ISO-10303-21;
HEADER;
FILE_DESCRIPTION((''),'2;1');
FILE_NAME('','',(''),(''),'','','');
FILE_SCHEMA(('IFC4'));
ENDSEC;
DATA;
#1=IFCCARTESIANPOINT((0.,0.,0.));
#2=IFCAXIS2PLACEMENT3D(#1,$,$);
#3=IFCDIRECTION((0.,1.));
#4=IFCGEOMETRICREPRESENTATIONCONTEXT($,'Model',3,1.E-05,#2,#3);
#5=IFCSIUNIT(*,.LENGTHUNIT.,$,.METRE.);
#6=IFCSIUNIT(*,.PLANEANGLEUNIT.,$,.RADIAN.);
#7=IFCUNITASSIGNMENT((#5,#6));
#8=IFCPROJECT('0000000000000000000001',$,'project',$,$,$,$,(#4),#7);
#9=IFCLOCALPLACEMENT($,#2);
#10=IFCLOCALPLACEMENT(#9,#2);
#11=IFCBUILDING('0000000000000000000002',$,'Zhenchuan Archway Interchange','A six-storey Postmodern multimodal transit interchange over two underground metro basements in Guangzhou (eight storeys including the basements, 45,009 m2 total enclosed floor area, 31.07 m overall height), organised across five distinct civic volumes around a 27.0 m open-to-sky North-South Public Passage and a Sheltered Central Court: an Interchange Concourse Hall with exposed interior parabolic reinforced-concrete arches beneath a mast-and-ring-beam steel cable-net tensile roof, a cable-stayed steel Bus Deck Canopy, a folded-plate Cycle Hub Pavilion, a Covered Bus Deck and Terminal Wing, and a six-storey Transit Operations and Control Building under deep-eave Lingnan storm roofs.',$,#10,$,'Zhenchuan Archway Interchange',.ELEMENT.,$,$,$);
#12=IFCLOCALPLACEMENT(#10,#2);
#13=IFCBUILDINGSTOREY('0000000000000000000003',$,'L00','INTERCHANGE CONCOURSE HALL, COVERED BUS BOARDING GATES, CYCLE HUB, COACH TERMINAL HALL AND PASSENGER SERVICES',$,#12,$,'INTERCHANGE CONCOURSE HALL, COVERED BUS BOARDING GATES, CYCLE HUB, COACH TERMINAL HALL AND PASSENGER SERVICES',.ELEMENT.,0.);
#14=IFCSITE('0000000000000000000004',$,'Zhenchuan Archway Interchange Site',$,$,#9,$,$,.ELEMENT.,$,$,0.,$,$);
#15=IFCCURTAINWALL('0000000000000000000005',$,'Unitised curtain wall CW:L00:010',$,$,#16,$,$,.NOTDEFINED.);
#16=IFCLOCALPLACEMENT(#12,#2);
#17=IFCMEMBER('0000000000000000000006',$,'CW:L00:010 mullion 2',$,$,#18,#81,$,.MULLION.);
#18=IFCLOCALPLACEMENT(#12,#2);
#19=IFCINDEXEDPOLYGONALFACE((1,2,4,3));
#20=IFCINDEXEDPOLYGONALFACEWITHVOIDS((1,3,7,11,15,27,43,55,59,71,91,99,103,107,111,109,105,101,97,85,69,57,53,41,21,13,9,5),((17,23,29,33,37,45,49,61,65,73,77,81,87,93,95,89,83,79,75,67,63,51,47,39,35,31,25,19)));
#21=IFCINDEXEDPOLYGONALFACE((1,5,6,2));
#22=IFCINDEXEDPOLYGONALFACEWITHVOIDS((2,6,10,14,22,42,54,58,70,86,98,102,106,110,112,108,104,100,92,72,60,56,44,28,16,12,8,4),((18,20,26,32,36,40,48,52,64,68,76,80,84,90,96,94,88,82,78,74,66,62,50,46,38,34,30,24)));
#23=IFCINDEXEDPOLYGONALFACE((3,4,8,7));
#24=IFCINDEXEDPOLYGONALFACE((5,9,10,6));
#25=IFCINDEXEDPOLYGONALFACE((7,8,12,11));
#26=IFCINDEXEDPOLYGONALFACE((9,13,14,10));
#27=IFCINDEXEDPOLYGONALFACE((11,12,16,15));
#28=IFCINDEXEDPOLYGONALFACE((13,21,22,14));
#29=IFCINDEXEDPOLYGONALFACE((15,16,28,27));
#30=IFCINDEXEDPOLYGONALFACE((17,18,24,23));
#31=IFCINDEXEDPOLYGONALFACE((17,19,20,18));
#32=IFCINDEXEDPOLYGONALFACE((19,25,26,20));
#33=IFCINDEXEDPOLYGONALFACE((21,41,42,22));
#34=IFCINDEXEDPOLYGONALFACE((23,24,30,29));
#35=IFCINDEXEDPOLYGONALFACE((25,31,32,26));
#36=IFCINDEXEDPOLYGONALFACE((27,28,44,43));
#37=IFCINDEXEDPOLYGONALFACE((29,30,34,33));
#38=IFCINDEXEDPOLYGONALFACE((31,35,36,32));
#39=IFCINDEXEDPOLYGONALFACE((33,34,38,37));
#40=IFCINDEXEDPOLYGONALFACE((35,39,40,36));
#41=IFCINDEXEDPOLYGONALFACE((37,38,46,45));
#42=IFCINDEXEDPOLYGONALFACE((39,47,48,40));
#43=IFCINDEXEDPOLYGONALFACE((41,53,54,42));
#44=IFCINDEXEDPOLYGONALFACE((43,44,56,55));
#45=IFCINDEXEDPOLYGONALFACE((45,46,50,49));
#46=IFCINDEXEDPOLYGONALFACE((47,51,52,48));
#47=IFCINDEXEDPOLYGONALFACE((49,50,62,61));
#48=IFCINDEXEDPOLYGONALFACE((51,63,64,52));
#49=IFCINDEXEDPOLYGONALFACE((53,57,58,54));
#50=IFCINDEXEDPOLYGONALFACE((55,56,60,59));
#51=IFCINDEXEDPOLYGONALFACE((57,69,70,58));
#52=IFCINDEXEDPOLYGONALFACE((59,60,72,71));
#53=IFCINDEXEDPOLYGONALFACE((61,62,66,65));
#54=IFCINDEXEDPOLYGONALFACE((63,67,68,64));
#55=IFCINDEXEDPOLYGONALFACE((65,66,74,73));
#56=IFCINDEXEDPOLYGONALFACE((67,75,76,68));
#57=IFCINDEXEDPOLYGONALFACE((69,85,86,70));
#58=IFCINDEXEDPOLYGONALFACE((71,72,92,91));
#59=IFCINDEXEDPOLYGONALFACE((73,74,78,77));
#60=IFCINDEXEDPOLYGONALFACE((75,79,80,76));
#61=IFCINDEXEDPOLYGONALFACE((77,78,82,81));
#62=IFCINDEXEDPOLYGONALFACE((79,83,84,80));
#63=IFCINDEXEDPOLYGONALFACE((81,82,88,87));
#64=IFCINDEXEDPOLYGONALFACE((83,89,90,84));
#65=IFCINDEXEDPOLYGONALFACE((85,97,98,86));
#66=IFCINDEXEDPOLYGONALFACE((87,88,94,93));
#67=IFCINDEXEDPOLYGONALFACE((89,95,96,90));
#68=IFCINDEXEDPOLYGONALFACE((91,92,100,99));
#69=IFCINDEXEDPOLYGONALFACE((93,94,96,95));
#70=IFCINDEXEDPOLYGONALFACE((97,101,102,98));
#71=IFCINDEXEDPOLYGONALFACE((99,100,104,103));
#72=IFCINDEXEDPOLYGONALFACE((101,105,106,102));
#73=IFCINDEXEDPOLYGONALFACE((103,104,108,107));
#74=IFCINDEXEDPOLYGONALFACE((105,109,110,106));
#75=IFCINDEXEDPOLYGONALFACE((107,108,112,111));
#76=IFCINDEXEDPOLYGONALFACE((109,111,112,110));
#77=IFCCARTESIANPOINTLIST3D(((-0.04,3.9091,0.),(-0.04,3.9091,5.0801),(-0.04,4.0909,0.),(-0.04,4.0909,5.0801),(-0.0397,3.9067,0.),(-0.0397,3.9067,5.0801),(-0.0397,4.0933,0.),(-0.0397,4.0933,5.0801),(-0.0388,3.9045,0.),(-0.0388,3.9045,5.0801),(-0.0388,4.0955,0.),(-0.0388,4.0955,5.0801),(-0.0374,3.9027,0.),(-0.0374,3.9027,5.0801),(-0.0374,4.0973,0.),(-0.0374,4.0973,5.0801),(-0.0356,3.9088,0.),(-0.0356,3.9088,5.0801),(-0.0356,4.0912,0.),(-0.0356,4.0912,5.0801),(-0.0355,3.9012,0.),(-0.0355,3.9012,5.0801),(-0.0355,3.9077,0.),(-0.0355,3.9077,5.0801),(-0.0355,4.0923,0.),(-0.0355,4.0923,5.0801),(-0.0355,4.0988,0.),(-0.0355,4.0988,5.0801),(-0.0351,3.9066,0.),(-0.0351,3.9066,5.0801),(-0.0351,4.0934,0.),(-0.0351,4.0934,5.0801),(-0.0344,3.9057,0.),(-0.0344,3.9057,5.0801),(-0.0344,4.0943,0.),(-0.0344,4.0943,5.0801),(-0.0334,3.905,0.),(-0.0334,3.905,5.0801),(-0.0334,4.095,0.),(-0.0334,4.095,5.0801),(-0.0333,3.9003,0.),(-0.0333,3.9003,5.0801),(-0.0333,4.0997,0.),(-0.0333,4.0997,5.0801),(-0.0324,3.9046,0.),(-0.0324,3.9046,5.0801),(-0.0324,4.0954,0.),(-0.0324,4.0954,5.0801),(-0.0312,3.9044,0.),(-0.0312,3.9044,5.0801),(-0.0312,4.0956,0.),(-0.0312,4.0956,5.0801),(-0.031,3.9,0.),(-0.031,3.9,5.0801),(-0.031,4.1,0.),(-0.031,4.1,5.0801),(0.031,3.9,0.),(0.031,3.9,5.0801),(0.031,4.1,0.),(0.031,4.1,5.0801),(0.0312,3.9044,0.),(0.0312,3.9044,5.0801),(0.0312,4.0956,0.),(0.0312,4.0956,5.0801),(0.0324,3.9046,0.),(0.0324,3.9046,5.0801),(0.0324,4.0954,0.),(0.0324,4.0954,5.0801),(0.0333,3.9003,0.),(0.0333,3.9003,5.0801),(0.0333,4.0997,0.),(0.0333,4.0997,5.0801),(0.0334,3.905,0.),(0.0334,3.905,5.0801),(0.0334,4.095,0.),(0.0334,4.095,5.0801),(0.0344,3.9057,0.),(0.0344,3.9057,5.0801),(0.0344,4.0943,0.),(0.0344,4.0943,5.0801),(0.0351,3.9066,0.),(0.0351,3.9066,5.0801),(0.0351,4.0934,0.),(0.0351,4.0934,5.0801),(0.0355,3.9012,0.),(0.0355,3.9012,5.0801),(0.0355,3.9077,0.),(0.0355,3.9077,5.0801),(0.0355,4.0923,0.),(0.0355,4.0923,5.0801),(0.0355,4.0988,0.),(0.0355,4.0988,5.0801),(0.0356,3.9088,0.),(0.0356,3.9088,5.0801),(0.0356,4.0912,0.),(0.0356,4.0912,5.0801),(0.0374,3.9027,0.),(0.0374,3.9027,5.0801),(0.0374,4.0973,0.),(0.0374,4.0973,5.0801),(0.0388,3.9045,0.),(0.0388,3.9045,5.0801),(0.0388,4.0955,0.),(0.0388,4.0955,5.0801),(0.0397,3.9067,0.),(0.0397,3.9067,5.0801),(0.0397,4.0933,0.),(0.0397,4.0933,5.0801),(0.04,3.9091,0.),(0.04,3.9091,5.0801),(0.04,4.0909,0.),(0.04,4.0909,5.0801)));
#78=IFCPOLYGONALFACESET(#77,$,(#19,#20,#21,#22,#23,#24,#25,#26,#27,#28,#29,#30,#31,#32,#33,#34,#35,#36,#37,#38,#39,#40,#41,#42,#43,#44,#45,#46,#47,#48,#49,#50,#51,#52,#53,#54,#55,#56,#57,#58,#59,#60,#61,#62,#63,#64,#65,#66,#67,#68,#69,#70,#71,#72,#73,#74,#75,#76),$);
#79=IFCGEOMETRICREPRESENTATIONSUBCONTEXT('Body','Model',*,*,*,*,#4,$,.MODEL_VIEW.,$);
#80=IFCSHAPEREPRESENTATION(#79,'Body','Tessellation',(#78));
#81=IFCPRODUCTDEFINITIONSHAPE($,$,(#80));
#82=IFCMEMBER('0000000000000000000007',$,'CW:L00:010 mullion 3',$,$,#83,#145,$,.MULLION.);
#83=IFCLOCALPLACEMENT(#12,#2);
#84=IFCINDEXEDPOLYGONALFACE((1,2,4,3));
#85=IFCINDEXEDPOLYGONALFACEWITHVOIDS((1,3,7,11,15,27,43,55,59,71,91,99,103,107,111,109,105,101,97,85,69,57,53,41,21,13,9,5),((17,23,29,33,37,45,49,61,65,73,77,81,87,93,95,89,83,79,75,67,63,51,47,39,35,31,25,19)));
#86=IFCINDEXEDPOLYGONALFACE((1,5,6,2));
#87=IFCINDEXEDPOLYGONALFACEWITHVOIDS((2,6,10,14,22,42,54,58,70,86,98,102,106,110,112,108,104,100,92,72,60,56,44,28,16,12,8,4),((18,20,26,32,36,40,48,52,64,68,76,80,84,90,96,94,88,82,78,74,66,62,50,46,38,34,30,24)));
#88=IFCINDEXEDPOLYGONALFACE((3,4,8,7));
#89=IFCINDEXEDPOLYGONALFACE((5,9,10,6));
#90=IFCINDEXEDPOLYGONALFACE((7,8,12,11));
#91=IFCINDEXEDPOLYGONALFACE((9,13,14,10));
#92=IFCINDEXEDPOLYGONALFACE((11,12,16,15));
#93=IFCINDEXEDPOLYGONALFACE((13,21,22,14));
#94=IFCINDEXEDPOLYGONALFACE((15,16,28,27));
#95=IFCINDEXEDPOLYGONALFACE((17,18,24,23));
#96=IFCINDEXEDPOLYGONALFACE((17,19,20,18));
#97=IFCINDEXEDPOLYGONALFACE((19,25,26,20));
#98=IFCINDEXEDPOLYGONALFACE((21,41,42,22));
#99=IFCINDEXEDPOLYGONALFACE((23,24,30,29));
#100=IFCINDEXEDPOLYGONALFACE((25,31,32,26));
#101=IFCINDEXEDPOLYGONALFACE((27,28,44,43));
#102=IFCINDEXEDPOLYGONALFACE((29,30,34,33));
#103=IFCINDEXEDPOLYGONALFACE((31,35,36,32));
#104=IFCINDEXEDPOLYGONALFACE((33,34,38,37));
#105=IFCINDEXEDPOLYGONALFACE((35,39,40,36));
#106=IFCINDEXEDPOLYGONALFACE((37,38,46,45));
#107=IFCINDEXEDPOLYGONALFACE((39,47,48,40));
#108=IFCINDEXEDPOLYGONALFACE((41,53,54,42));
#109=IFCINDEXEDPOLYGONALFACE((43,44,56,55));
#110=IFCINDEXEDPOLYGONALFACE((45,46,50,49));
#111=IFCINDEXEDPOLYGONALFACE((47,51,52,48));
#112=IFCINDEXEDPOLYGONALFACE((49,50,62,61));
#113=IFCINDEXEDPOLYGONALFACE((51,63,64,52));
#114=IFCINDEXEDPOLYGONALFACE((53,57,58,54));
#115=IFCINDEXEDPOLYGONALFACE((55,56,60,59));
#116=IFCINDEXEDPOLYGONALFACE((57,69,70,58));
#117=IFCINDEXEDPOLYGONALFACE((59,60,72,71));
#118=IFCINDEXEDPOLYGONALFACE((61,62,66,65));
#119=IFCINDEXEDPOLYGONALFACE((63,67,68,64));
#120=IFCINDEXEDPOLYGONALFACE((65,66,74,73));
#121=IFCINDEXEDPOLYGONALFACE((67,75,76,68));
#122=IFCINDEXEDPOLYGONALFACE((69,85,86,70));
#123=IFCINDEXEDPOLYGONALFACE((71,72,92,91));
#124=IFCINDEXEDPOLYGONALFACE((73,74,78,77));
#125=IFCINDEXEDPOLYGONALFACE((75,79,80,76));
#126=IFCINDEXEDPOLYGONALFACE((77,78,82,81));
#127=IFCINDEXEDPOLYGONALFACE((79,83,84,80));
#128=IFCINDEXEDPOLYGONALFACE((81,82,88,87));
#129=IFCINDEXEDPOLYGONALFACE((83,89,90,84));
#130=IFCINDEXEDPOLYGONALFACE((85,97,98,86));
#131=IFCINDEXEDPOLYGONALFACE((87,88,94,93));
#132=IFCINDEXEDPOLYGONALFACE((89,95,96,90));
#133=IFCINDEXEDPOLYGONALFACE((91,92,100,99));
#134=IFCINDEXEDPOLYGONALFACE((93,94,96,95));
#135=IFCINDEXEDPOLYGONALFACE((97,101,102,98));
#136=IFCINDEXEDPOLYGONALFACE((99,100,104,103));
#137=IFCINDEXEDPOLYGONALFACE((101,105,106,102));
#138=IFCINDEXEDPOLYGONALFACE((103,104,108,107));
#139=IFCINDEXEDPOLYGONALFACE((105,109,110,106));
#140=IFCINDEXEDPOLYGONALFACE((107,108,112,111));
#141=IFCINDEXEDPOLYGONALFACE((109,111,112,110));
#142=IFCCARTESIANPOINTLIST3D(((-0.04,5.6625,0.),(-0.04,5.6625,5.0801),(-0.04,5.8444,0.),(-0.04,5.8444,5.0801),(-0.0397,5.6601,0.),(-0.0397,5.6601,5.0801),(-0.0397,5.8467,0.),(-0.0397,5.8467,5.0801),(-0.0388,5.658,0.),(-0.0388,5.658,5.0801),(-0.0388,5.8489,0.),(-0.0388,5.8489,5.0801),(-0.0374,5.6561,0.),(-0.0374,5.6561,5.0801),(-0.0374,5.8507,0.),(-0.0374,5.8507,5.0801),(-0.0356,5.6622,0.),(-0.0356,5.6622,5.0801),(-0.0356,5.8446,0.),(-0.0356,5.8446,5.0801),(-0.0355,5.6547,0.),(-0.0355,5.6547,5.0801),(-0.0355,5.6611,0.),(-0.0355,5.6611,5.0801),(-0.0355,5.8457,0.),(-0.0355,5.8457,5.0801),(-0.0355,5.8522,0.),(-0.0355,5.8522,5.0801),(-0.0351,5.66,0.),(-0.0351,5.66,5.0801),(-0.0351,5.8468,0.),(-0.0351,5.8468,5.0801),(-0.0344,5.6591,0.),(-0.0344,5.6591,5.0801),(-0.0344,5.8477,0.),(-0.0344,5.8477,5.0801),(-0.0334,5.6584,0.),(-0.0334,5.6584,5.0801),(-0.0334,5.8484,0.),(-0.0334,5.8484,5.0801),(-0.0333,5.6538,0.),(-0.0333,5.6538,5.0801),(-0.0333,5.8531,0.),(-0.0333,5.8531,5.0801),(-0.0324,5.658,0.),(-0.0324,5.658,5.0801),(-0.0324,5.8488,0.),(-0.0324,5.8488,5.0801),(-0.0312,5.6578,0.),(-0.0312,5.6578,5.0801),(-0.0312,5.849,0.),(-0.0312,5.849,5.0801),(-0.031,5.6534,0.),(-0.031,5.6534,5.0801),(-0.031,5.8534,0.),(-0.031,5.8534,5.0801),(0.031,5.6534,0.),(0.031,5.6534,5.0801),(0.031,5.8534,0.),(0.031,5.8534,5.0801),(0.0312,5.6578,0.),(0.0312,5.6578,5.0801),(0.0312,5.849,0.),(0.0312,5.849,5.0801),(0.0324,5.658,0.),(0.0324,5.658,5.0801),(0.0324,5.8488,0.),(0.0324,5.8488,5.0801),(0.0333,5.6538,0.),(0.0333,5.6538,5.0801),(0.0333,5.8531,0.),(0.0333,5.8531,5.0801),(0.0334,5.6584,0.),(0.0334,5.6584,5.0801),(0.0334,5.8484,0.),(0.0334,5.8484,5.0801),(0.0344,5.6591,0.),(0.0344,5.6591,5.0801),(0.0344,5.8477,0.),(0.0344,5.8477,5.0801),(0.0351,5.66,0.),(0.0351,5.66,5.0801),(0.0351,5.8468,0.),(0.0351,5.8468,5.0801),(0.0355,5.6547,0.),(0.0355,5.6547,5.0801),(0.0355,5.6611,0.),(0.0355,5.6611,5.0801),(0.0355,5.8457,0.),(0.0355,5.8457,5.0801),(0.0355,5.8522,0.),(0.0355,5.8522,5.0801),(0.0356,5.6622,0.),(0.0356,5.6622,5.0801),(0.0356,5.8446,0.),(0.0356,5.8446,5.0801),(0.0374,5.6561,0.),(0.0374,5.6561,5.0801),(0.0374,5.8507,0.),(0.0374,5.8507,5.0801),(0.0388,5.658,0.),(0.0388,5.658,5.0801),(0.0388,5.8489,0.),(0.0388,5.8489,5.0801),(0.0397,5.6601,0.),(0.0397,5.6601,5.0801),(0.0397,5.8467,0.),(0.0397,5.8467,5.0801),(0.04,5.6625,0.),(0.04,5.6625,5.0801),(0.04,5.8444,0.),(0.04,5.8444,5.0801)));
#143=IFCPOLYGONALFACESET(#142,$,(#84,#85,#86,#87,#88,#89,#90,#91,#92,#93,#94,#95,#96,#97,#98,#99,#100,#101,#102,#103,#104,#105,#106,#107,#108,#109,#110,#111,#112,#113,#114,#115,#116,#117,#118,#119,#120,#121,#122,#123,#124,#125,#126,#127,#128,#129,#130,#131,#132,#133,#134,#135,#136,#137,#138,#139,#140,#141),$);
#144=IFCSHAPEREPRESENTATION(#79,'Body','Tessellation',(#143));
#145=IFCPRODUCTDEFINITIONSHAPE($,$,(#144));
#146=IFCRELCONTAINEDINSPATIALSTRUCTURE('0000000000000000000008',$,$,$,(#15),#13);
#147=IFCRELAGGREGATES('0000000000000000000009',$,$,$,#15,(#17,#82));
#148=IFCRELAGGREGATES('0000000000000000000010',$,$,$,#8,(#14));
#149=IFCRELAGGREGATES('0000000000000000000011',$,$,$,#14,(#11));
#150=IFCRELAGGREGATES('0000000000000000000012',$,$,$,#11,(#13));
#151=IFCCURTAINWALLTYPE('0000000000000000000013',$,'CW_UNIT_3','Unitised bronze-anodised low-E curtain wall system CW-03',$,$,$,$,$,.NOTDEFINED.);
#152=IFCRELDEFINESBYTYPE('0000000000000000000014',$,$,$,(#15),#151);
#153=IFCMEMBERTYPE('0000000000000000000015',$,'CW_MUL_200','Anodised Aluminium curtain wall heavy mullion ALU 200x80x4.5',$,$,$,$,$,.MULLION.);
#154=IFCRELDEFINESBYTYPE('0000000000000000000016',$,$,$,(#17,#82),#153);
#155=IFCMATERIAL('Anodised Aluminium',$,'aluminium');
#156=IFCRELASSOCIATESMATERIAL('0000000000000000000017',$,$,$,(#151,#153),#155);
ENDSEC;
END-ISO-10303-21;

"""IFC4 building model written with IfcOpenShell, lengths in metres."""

from ifc_helpers import new_model, si_unit, direction, frame, origin, origin_2d, place, context, subcontext, project, spatial, hollow_rectangle, extrude, material, material_profile, profile_set, type_object, element, aggregate, save


model = new_model("IFC4")

# Units and contexts
model_context = context("Model", 3, precision=1e-05, world=origin(), true_north=direction((0.0, 1.0)))
body_context = subcontext(model_context, "Body", "Model", "MODEL_VIEW")
ifc_project = project(units=[si_unit("LENGTHUNIT", "METRE"), si_unit("PLANEANGLEUNIT", "RADIAN")], contexts=[model_context])

# Site, building, storey
site_placement = place(None, origin())
site = spatial("IfcSite", under=ifc_project, at=site_placement, Name="Zhenchuan Archway Interchange Site", CompositionType="ELEMENT", RefElevation=0.0)
building_placement = place(site_placement, origin())
building = spatial("IfcBuilding", under=site, at=building_placement, Name="Zhenchuan Archway Interchange", Description="A six-storey Postmodern multimodal transit interchange over two underground metro basements in Guangzhou (eight storeys including the basements, 45,009 m2 total enclosed floor area, 31.07 m overall height), organised across five distinct civic volumes around a 27.0 m open-to-sky North-South Public Passage and a Sheltered Central Court: an Interchange Concourse Hall with exposed interior parabolic reinforced-concrete arches beneath a mast-and-ring-beam steel cable-net tensile roof, a cable-stayed steel Bus Deck Canopy, a folded-plate Cycle Hub Pavilion, a Covered Bus Deck and Terminal Wing, and a six-storey Transit Operations and Control Building under deep-eave Lingnan storm roofs.", LongName="Zhenchuan Archway Interchange", CompositionType="ELEMENT")
storey_placement = place(building_placement, origin())
storey = spatial("IfcBuildingStorey", under=building, at=storey_placement, Name="L00", Description="INTERCHANGE CONCOURSE HALL, COVERED BUS BOARDING GATES, CYCLE HUB, COACH TERMINAL HALL AND PASSENGER SERVICES", LongName="INTERCHANGE CONCOURSE HALL, COVERED BUS BOARDING GATES, CYCLE HUB, COACH TERMINAL HALL AND PASSENGER SERVICES", CompositionType="ELEMENT", Elevation=0.0)

# Curtain wall, members
ifc_material_1 = material(Name="Anodised Aluminium", Category="aluminium")
curtain_wall_type = type_object("IfcCurtainWallType", Name="CW_UNIT_3", Description="Unitised bronze-anodised low-E curtain wall system CW-03", PredefinedType="NOTDEFINED", material=ifc_material_1)
curtain_wall_placement = place(storey_placement, origin())
curtain_wall = element("IfcCurtainWall", 1, at=curtain_wall_placement, inside=storey, type_object=curtain_wall_type, Name="Unitised curtain wall CW:L00:010", PredefinedType="NOTDEFINED")
ifc_material_profile_1 = material_profile(ifc_material_1, hollow_rectangle(XDim=0.0801, YDim=0.2, WallThickness=0.0044, InnerFilletRadius=0.0044, OuterFilletRadius=0.009, at=origin_2d()), Name="ALU 200x80x4.5")
ifc_profile_set_1 = profile_set([ifc_material_profile_1], Name="Anodised Aluminium")
member_type_1 = type_object("IfcMemberType", Name="CW_MUL_200", Description="Anodised Aluminium curtain wall heavy mullion ALU 200x80x4.5", PredefinedType="MULLION", material=ifc_profile_set_1)
member_1_placement = place(storey_placement, frame((0.0, 4.0, 0.0), z_axis=(0.0, 0.0, 1.0), x_axis=(1.0, 0.0, 0.0)))
member_1 = element("IfcMember", 2, at=member_1_placement, type_object=member_type_1, Name="CW:L00:010 mullion 2", PredefinedType="MULLION", context=body_context, shape_type="SweptSolid", body=[
    extrude(hollow_rectangle(XDim=0.0801, YDim=0.2, WallThickness=0.0044, InnerFilletRadius=0.0044, OuterFilletRadius=0.009, at=origin_2d()), origin(), (0.0, 0.0, 1.0), 5.0801),
])
member_2_placement = place(storey_placement, frame((0.0, 5.7534, 0.0), z_axis=(0.0, 0.0, 1.0), x_axis=(1.0, 0.0, 0.0)))
member_2 = element("IfcMember", 3, at=member_2_placement, type_object=member_type_1, Name="CW:L00:010 mullion 3", PredefinedType="MULLION", context=body_context, shape_type="SweptSolid", body=[
    extrude(hollow_rectangle(XDim=0.0801, YDim=0.2, WallThickness=0.0044, InnerFilletRadius=0.0044, OuterFilletRadius=0.009, at=origin_2d()), origin(), (0.0, 0.0, 1.0), 5.0801),
])

aggregate(curtain_wall, [member_1, member_2])

save(model, "model.ifc")
